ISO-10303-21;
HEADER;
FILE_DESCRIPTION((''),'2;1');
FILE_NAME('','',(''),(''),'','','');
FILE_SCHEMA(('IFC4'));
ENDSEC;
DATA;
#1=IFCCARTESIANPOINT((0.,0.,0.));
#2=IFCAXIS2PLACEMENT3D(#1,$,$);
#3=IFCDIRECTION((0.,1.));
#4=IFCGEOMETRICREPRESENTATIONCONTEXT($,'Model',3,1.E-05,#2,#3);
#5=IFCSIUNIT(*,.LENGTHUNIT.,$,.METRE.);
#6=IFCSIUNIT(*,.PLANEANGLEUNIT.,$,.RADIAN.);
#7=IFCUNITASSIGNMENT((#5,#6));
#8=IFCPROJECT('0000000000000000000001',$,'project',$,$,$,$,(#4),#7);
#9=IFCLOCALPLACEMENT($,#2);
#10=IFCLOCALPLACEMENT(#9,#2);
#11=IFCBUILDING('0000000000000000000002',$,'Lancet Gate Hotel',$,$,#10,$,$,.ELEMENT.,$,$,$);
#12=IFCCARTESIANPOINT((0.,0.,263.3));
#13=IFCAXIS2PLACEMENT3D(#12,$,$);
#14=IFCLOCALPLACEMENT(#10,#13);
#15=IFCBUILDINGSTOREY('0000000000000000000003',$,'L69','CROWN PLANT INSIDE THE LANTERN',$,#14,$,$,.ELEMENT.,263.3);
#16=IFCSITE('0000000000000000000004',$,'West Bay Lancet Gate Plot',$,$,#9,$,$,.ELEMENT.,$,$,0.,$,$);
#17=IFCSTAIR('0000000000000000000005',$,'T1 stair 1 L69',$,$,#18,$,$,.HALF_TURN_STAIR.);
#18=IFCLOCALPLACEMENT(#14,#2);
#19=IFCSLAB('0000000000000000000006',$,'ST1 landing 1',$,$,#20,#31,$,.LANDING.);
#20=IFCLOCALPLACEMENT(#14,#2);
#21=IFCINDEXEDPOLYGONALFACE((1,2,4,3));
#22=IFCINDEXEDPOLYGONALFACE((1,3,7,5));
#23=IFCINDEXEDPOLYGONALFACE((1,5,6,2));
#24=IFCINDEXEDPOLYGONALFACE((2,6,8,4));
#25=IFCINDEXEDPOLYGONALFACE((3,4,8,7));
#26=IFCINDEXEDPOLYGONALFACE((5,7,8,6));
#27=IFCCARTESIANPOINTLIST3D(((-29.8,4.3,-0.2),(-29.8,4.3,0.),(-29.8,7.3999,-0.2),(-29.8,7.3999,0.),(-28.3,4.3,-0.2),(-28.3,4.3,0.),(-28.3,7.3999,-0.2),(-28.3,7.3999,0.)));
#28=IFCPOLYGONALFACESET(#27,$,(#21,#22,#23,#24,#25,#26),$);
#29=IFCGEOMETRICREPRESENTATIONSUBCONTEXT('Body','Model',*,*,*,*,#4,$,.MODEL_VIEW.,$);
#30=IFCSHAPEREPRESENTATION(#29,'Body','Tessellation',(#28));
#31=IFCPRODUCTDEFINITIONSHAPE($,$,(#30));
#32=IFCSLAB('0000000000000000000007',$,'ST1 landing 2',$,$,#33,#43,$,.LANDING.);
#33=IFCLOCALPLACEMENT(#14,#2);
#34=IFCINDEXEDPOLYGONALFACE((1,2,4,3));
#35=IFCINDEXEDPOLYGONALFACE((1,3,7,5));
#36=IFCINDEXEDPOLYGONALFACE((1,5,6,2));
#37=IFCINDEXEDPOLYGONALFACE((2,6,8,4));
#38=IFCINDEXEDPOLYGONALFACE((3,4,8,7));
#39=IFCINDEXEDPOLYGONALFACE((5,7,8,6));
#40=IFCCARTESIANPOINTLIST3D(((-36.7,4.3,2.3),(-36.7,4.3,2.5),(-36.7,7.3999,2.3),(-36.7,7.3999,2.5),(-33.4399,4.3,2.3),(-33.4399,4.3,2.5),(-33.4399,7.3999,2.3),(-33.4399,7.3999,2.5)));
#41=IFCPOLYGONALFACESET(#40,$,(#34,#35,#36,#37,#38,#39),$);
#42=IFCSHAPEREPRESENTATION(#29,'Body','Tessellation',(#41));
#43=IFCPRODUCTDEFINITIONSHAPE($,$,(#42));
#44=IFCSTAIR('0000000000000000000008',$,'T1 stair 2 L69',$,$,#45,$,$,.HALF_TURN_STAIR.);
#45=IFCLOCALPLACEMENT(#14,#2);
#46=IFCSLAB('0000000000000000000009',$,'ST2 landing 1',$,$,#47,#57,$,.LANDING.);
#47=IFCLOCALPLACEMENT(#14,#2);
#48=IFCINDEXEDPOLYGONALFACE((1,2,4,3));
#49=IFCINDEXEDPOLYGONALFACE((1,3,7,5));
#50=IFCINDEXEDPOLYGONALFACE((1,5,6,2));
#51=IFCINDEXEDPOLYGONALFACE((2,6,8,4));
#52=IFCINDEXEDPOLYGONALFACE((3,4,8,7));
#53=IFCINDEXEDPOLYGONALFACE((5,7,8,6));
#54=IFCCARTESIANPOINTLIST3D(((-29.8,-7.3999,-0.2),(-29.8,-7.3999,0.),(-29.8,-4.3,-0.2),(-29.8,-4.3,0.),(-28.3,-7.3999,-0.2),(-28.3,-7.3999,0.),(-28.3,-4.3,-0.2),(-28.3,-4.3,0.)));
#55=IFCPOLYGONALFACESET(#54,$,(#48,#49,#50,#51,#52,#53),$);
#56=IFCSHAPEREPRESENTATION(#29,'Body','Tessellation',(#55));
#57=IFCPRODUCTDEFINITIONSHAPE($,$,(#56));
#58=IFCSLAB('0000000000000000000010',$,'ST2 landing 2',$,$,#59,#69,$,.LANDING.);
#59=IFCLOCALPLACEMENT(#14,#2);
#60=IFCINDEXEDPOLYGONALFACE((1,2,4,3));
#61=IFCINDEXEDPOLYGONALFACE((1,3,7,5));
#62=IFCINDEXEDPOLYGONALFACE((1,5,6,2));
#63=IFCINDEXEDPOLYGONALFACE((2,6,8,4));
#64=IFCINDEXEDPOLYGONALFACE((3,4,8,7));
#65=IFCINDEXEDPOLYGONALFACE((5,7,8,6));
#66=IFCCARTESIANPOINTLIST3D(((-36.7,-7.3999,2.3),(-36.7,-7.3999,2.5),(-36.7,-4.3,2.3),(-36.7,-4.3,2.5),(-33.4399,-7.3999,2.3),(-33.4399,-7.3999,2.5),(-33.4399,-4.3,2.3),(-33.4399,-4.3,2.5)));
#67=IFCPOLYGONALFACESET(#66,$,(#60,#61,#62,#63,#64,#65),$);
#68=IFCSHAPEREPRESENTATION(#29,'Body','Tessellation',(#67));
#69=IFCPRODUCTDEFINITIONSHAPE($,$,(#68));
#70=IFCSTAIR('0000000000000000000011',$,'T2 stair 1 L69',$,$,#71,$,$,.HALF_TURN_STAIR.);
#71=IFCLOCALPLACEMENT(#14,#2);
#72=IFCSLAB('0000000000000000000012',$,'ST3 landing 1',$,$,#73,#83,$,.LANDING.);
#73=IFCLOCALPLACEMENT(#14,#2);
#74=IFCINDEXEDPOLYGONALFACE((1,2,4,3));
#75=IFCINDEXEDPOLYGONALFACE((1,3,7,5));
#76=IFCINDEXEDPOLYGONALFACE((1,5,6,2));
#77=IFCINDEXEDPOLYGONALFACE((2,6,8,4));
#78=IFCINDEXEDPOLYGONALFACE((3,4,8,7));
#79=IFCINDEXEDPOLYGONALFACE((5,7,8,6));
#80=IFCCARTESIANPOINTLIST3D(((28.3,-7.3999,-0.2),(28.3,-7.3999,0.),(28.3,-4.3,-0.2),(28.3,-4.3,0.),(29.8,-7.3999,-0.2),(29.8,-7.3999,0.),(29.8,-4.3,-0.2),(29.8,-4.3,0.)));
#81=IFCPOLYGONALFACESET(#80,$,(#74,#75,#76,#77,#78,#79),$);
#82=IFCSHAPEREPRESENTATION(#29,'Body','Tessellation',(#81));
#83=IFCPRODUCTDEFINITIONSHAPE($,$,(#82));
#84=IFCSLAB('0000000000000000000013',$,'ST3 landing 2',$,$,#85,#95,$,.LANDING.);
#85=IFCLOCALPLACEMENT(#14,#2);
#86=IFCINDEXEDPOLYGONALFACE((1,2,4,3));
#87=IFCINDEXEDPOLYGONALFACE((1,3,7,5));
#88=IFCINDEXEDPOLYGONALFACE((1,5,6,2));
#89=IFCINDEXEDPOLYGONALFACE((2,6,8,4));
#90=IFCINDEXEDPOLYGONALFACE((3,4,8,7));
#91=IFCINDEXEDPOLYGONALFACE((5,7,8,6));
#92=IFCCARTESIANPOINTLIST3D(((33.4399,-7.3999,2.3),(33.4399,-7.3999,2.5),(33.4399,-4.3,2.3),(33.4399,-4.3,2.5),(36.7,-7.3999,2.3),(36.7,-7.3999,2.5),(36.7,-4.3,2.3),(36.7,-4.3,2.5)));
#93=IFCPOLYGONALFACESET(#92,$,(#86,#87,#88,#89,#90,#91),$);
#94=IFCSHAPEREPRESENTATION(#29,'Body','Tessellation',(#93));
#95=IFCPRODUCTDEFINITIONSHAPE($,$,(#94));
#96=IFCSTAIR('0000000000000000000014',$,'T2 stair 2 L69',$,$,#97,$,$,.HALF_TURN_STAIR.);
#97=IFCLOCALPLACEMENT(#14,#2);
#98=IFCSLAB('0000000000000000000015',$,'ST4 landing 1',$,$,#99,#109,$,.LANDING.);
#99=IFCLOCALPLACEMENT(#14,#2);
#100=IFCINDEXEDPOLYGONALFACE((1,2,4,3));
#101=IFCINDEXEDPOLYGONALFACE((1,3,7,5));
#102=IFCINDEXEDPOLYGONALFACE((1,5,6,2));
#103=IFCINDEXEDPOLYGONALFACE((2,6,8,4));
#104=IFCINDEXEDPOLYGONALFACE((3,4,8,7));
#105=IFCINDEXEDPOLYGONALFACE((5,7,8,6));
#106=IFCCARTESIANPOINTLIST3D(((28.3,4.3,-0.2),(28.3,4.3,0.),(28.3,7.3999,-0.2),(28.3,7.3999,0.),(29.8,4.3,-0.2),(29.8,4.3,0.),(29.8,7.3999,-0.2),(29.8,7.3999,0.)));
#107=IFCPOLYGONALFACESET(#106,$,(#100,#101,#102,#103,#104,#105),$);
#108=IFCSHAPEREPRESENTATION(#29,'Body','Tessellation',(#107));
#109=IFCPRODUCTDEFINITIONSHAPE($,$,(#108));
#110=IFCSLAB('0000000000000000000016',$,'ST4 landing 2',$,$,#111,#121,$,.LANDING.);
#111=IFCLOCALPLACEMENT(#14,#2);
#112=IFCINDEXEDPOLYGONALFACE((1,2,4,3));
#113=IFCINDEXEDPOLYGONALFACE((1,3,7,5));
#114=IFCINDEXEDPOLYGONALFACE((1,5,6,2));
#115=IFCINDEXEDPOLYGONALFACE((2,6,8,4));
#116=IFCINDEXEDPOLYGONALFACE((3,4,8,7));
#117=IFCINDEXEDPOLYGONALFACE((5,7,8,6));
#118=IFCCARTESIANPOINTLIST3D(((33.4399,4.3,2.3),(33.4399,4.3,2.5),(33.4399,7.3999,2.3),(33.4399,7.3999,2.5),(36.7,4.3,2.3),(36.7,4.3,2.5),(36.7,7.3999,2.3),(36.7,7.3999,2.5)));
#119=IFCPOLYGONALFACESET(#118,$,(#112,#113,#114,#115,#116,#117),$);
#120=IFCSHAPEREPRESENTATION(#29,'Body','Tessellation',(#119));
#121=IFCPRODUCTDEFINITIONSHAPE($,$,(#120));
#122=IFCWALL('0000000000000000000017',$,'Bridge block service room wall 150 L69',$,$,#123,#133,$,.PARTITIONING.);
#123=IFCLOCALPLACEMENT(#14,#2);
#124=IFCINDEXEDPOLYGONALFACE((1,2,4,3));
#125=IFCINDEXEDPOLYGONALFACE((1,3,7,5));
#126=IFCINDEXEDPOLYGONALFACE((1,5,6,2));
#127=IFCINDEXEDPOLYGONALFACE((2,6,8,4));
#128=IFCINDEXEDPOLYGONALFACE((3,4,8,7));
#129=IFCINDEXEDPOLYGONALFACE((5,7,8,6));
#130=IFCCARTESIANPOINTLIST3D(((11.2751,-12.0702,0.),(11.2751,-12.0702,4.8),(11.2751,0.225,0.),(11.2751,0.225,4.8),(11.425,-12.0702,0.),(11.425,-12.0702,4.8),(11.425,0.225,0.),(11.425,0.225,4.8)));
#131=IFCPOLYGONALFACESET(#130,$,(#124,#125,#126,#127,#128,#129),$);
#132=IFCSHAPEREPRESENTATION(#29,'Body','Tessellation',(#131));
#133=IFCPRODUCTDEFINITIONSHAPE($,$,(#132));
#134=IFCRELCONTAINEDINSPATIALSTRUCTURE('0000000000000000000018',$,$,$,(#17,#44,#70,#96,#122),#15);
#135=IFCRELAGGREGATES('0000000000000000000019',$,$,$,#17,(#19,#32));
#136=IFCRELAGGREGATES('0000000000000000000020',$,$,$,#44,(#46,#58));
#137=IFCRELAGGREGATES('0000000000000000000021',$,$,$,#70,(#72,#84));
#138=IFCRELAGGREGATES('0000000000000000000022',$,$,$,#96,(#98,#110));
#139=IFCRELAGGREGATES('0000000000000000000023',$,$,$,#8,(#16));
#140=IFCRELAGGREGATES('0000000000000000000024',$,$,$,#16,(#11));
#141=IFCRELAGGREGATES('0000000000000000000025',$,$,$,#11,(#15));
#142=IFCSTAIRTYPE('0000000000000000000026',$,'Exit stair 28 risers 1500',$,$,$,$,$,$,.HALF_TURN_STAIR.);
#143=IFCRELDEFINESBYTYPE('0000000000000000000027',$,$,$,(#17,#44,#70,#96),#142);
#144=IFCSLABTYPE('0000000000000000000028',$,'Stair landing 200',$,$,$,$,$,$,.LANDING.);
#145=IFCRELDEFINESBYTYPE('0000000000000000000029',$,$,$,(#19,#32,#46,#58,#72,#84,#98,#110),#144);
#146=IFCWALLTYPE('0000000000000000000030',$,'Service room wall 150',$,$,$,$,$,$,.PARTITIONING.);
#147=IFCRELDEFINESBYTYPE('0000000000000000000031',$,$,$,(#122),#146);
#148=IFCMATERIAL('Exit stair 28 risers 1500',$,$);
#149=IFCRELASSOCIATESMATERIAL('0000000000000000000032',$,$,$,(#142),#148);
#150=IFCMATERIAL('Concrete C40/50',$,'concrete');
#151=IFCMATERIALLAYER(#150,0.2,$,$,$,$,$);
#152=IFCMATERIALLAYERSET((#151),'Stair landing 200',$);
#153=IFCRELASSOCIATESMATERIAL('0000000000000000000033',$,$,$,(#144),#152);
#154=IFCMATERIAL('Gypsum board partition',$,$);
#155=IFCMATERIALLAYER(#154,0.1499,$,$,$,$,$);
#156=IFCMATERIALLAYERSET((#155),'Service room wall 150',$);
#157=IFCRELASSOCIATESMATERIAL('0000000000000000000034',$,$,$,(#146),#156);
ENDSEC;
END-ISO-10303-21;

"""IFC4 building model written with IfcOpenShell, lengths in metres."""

from ifc_helpers import new_model, si_unit, direction, frame, frame_2d, origin, place, context, subcontext, project, spatial, polyline, rectangle, outline, extrude, material, layer, layer_set, type_object, element, aggregate, save


model = new_model("IFC4")

# Units and contexts
model_context = context("Model", 3, precision=1e-05, world=origin(), true_north=direction((0.0, 1.0)))
body_context = subcontext(model_context, "Body", "Model", "MODEL_VIEW")
ifc_project = project(units=[si_unit("LENGTHUNIT", "METRE"), si_unit("PLANEANGLEUNIT", "RADIAN")], contexts=[model_context])

# Site, building, storey
site_placement = place(None, origin())
site = spatial("IfcSite", under=ifc_project, at=site_placement, Name="West Bay Lancet Gate Plot", CompositionType="ELEMENT", RefElevation=0.0)
building_placement = place(site_placement, origin())
building = spatial("IfcBuilding", under=site, at=building_placement, Name="Lancet Gate Hotel", CompositionType="ELEMENT")
storey_placement = place(building_placement, frame((0.0, 0.0, 263.3)))
storey = spatial("IfcBuildingStorey", under=building, at=storey_placement, Name="L69", Description="CROWN PLANT INSIDE THE LANTERN", CompositionType="ELEMENT", Elevation=263.3)

# Stairs, slabs
ifc_material_1 = material(Name="Exit stair 28 risers 1500")
stair_type = type_object("IfcStairType", Name="Exit stair 28 risers 1500", PredefinedType="HALF_TURN_STAIR", material=ifc_material_1)
stair_1_placement = place(storey_placement, origin())
stair_1 = element("IfcStair", 1, at=stair_1_placement, inside=storey, type_object=stair_type, Name="T1 stair 1 L69", PredefinedType="HALF_TURN_STAIR")
ifc_material_2 = material(Name="Concrete C40/50", Category="concrete")
ifc_layer_1 = layer(ifc_material_2, 0.2)
ifc_layer_set_1 = layer_set([ifc_layer_1], Name="Stair landing 200")
slab_type = type_object("IfcSlabType", Name="Stair landing 200", PredefinedType="LANDING", material=ifc_layer_set_1)
slab_1_placement = place(storey_placement, frame((0.0, 0.0, -0.2)))
slab_1 = element("IfcSlab", 2, at=slab_1_placement, type_object=slab_type, Name="ST1 landing 1", PredefinedType="LANDING", context=body_context, shape_type="SweptSolid", body=[
    extrude(outline(polyline([(-28.3, 7.3999), (-29.8, 7.3999), (-29.8, 4.3), (-28.3, 4.3), (-28.3, 7.3999)])), origin(), (0.0, 0.0, 1.0), 0.2),
])
slab_2_placement = place(storey_placement, frame((0.0, 0.0, 2.3)))
slab_2 = element("IfcSlab", 3, at=slab_2_placement, type_object=slab_type, Name="ST1 landing 2", PredefinedType="LANDING", context=body_context, shape_type="SweptSolid", body=[
    extrude(outline(polyline([(-33.4399, 7.3999), (-36.7, 7.3999), (-36.7, 4.3), (-33.4399, 4.3), (-33.4399, 7.3999)])), origin(), (0.0, 0.0, 1.0), 0.2),
])
aggregate(stair_1, [slab_1, slab_2])
stair_2_placement = place(storey_placement, origin())
stair_2 = element("IfcStair", 4, at=stair_2_placement, inside=storey, type_object=stair_type, Name="T1 stair 2 L69", PredefinedType="HALF_TURN_STAIR")
slab_3_placement = place(storey_placement, frame((0.0, 0.0, -0.2)))
slab_3 = element("IfcSlab", 5, at=slab_3_placement, type_object=slab_type, Name="ST2 landing 1", PredefinedType="LANDING", context=body_context, shape_type="SweptSolid", body=[
    extrude(outline(polyline([(-28.3, -4.3), (-29.8, -4.3), (-29.8, -7.3999), (-28.3, -7.3999), (-28.3, -4.3)])), origin(), (0.0, 0.0, 1.0), 0.2),
])
slab_4_placement = place(storey_placement, frame((0.0, 0.0, 2.3)))
slab_4 = element("IfcSlab", 6, at=slab_4_placement, type_object=slab_type, Name="ST2 landing 2", PredefinedType="LANDING", context=body_context, shape_type="SweptSolid", body=[
    extrude(outline(polyline([(-33.4399, -4.3), (-36.7, -4.3), (-36.7, -7.3999), (-33.4399, -7.3999), (-33.4399, -4.3)])), origin(), (0.0, 0.0, 1.0), 0.2),
])
aggregate(stair_2, [slab_3, slab_4])
stair_3_placement = place(storey_placement, origin())
stair_3 = element("IfcStair", 7, at=stair_3_placement, inside=storey, type_object=stair_type, Name="T2 stair 1 L69", PredefinedType="HALF_TURN_STAIR")
slab_5_placement = place(storey_placement, frame((0.0, 0.0, -0.2)))
slab_5 = element("IfcSlab", 8, at=slab_5_placement, type_object=slab_type, Name="ST3 landing 1", PredefinedType="LANDING", context=body_context, shape_type="SweptSolid", body=[
    extrude(outline(polyline([(28.3, -7.3999), (29.8, -7.3999), (29.8, -4.3), (28.3, -4.3), (28.3, -7.3999)])), origin(), (0.0, 0.0, 1.0), 0.2),
])
slab_6_placement = place(storey_placement, frame((0.0, 0.0, 2.3)))
slab_6 = element("IfcSlab", 9, at=slab_6_placement, type_object=slab_type, Name="ST3 landing 2", PredefinedType="LANDING", context=body_context, shape_type="SweptSolid", body=[
    extrude(outline(polyline([(33.4399, -7.3999), (36.7, -7.3999), (36.7, -4.3), (33.4399, -4.3), (33.4399, -7.3999)])), origin(), (0.0, 0.0, 1.0), 0.2),
])
aggregate(stair_3, [slab_5, slab_6])
stair_4_placement = place(storey_placement, origin())
stair_4 = element("IfcStair", 10, at=stair_4_placement, inside=storey, type_object=stair_type, Name="T2 stair 2 L69", PredefinedType="HALF_TURN_STAIR")
slab_7_placement = place(storey_placement, frame((0.0, 0.0, -0.2)))
slab_7 = element("IfcSlab", 11, at=slab_7_placement, type_object=slab_type, Name="ST4 landing 1", PredefinedType="LANDING", context=body_context, shape_type="SweptSolid", body=[
    extrude(outline(polyline([(28.3, 4.3), (29.8, 4.3), (29.8, 7.3999), (28.3, 7.3999), (28.3, 4.3)])), origin(), (0.0, 0.0, 1.0), 0.2),
])
slab_8_placement = place(storey_placement, frame((0.0, 0.0, 2.3)))
slab_8 = element("IfcSlab", 12, at=slab_8_placement, type_object=slab_type, Name="ST4 landing 2", PredefinedType="LANDING", context=body_context, shape_type="SweptSolid", body=[
    extrude(outline(polyline([(33.4399, 4.3), (36.7, 4.3), (36.7, 7.3999), (33.4399, 7.3999), (33.4399, 4.3)])), origin(), (0.0, 0.0, 1.0), 0.2),
])
aggregate(stair_4, [slab_7, slab_8])

# Wall
ifc_material_3 = material(Name="Gypsum board partition")
ifc_layer_2 = layer(ifc_material_3, 0.1499)
ifc_layer_set_2 = layer_set([ifc_layer_2], Name="Service room wall 150")
wall_type = type_object("IfcWallType", Name="Service room wall 150", PredefinedType="PARTITIONING", material=ifc_layer_set_2)
wall_placement = place(storey_placement, frame((11.3501, -12.0701, 0.0), z_axis=(0.0, 0.0, 1.0), x_axis=(0.0, 1.0, 0.0)))
element("IfcWall", 13, at=wall_placement, inside=storey, type_object=wall_type, Name="Bridge block service room wall 150 L69", PredefinedType="PARTITIONING", context=body_context, shape_type="SweptSolid", body=[
    extrude(rectangle(XDim=12.2952, YDim=0.1499, at=frame_2d((6.1475, 0.0))), origin(), (0.0, 0.0, 1.0), 4.8),
])

save(model, "model.ifc")
